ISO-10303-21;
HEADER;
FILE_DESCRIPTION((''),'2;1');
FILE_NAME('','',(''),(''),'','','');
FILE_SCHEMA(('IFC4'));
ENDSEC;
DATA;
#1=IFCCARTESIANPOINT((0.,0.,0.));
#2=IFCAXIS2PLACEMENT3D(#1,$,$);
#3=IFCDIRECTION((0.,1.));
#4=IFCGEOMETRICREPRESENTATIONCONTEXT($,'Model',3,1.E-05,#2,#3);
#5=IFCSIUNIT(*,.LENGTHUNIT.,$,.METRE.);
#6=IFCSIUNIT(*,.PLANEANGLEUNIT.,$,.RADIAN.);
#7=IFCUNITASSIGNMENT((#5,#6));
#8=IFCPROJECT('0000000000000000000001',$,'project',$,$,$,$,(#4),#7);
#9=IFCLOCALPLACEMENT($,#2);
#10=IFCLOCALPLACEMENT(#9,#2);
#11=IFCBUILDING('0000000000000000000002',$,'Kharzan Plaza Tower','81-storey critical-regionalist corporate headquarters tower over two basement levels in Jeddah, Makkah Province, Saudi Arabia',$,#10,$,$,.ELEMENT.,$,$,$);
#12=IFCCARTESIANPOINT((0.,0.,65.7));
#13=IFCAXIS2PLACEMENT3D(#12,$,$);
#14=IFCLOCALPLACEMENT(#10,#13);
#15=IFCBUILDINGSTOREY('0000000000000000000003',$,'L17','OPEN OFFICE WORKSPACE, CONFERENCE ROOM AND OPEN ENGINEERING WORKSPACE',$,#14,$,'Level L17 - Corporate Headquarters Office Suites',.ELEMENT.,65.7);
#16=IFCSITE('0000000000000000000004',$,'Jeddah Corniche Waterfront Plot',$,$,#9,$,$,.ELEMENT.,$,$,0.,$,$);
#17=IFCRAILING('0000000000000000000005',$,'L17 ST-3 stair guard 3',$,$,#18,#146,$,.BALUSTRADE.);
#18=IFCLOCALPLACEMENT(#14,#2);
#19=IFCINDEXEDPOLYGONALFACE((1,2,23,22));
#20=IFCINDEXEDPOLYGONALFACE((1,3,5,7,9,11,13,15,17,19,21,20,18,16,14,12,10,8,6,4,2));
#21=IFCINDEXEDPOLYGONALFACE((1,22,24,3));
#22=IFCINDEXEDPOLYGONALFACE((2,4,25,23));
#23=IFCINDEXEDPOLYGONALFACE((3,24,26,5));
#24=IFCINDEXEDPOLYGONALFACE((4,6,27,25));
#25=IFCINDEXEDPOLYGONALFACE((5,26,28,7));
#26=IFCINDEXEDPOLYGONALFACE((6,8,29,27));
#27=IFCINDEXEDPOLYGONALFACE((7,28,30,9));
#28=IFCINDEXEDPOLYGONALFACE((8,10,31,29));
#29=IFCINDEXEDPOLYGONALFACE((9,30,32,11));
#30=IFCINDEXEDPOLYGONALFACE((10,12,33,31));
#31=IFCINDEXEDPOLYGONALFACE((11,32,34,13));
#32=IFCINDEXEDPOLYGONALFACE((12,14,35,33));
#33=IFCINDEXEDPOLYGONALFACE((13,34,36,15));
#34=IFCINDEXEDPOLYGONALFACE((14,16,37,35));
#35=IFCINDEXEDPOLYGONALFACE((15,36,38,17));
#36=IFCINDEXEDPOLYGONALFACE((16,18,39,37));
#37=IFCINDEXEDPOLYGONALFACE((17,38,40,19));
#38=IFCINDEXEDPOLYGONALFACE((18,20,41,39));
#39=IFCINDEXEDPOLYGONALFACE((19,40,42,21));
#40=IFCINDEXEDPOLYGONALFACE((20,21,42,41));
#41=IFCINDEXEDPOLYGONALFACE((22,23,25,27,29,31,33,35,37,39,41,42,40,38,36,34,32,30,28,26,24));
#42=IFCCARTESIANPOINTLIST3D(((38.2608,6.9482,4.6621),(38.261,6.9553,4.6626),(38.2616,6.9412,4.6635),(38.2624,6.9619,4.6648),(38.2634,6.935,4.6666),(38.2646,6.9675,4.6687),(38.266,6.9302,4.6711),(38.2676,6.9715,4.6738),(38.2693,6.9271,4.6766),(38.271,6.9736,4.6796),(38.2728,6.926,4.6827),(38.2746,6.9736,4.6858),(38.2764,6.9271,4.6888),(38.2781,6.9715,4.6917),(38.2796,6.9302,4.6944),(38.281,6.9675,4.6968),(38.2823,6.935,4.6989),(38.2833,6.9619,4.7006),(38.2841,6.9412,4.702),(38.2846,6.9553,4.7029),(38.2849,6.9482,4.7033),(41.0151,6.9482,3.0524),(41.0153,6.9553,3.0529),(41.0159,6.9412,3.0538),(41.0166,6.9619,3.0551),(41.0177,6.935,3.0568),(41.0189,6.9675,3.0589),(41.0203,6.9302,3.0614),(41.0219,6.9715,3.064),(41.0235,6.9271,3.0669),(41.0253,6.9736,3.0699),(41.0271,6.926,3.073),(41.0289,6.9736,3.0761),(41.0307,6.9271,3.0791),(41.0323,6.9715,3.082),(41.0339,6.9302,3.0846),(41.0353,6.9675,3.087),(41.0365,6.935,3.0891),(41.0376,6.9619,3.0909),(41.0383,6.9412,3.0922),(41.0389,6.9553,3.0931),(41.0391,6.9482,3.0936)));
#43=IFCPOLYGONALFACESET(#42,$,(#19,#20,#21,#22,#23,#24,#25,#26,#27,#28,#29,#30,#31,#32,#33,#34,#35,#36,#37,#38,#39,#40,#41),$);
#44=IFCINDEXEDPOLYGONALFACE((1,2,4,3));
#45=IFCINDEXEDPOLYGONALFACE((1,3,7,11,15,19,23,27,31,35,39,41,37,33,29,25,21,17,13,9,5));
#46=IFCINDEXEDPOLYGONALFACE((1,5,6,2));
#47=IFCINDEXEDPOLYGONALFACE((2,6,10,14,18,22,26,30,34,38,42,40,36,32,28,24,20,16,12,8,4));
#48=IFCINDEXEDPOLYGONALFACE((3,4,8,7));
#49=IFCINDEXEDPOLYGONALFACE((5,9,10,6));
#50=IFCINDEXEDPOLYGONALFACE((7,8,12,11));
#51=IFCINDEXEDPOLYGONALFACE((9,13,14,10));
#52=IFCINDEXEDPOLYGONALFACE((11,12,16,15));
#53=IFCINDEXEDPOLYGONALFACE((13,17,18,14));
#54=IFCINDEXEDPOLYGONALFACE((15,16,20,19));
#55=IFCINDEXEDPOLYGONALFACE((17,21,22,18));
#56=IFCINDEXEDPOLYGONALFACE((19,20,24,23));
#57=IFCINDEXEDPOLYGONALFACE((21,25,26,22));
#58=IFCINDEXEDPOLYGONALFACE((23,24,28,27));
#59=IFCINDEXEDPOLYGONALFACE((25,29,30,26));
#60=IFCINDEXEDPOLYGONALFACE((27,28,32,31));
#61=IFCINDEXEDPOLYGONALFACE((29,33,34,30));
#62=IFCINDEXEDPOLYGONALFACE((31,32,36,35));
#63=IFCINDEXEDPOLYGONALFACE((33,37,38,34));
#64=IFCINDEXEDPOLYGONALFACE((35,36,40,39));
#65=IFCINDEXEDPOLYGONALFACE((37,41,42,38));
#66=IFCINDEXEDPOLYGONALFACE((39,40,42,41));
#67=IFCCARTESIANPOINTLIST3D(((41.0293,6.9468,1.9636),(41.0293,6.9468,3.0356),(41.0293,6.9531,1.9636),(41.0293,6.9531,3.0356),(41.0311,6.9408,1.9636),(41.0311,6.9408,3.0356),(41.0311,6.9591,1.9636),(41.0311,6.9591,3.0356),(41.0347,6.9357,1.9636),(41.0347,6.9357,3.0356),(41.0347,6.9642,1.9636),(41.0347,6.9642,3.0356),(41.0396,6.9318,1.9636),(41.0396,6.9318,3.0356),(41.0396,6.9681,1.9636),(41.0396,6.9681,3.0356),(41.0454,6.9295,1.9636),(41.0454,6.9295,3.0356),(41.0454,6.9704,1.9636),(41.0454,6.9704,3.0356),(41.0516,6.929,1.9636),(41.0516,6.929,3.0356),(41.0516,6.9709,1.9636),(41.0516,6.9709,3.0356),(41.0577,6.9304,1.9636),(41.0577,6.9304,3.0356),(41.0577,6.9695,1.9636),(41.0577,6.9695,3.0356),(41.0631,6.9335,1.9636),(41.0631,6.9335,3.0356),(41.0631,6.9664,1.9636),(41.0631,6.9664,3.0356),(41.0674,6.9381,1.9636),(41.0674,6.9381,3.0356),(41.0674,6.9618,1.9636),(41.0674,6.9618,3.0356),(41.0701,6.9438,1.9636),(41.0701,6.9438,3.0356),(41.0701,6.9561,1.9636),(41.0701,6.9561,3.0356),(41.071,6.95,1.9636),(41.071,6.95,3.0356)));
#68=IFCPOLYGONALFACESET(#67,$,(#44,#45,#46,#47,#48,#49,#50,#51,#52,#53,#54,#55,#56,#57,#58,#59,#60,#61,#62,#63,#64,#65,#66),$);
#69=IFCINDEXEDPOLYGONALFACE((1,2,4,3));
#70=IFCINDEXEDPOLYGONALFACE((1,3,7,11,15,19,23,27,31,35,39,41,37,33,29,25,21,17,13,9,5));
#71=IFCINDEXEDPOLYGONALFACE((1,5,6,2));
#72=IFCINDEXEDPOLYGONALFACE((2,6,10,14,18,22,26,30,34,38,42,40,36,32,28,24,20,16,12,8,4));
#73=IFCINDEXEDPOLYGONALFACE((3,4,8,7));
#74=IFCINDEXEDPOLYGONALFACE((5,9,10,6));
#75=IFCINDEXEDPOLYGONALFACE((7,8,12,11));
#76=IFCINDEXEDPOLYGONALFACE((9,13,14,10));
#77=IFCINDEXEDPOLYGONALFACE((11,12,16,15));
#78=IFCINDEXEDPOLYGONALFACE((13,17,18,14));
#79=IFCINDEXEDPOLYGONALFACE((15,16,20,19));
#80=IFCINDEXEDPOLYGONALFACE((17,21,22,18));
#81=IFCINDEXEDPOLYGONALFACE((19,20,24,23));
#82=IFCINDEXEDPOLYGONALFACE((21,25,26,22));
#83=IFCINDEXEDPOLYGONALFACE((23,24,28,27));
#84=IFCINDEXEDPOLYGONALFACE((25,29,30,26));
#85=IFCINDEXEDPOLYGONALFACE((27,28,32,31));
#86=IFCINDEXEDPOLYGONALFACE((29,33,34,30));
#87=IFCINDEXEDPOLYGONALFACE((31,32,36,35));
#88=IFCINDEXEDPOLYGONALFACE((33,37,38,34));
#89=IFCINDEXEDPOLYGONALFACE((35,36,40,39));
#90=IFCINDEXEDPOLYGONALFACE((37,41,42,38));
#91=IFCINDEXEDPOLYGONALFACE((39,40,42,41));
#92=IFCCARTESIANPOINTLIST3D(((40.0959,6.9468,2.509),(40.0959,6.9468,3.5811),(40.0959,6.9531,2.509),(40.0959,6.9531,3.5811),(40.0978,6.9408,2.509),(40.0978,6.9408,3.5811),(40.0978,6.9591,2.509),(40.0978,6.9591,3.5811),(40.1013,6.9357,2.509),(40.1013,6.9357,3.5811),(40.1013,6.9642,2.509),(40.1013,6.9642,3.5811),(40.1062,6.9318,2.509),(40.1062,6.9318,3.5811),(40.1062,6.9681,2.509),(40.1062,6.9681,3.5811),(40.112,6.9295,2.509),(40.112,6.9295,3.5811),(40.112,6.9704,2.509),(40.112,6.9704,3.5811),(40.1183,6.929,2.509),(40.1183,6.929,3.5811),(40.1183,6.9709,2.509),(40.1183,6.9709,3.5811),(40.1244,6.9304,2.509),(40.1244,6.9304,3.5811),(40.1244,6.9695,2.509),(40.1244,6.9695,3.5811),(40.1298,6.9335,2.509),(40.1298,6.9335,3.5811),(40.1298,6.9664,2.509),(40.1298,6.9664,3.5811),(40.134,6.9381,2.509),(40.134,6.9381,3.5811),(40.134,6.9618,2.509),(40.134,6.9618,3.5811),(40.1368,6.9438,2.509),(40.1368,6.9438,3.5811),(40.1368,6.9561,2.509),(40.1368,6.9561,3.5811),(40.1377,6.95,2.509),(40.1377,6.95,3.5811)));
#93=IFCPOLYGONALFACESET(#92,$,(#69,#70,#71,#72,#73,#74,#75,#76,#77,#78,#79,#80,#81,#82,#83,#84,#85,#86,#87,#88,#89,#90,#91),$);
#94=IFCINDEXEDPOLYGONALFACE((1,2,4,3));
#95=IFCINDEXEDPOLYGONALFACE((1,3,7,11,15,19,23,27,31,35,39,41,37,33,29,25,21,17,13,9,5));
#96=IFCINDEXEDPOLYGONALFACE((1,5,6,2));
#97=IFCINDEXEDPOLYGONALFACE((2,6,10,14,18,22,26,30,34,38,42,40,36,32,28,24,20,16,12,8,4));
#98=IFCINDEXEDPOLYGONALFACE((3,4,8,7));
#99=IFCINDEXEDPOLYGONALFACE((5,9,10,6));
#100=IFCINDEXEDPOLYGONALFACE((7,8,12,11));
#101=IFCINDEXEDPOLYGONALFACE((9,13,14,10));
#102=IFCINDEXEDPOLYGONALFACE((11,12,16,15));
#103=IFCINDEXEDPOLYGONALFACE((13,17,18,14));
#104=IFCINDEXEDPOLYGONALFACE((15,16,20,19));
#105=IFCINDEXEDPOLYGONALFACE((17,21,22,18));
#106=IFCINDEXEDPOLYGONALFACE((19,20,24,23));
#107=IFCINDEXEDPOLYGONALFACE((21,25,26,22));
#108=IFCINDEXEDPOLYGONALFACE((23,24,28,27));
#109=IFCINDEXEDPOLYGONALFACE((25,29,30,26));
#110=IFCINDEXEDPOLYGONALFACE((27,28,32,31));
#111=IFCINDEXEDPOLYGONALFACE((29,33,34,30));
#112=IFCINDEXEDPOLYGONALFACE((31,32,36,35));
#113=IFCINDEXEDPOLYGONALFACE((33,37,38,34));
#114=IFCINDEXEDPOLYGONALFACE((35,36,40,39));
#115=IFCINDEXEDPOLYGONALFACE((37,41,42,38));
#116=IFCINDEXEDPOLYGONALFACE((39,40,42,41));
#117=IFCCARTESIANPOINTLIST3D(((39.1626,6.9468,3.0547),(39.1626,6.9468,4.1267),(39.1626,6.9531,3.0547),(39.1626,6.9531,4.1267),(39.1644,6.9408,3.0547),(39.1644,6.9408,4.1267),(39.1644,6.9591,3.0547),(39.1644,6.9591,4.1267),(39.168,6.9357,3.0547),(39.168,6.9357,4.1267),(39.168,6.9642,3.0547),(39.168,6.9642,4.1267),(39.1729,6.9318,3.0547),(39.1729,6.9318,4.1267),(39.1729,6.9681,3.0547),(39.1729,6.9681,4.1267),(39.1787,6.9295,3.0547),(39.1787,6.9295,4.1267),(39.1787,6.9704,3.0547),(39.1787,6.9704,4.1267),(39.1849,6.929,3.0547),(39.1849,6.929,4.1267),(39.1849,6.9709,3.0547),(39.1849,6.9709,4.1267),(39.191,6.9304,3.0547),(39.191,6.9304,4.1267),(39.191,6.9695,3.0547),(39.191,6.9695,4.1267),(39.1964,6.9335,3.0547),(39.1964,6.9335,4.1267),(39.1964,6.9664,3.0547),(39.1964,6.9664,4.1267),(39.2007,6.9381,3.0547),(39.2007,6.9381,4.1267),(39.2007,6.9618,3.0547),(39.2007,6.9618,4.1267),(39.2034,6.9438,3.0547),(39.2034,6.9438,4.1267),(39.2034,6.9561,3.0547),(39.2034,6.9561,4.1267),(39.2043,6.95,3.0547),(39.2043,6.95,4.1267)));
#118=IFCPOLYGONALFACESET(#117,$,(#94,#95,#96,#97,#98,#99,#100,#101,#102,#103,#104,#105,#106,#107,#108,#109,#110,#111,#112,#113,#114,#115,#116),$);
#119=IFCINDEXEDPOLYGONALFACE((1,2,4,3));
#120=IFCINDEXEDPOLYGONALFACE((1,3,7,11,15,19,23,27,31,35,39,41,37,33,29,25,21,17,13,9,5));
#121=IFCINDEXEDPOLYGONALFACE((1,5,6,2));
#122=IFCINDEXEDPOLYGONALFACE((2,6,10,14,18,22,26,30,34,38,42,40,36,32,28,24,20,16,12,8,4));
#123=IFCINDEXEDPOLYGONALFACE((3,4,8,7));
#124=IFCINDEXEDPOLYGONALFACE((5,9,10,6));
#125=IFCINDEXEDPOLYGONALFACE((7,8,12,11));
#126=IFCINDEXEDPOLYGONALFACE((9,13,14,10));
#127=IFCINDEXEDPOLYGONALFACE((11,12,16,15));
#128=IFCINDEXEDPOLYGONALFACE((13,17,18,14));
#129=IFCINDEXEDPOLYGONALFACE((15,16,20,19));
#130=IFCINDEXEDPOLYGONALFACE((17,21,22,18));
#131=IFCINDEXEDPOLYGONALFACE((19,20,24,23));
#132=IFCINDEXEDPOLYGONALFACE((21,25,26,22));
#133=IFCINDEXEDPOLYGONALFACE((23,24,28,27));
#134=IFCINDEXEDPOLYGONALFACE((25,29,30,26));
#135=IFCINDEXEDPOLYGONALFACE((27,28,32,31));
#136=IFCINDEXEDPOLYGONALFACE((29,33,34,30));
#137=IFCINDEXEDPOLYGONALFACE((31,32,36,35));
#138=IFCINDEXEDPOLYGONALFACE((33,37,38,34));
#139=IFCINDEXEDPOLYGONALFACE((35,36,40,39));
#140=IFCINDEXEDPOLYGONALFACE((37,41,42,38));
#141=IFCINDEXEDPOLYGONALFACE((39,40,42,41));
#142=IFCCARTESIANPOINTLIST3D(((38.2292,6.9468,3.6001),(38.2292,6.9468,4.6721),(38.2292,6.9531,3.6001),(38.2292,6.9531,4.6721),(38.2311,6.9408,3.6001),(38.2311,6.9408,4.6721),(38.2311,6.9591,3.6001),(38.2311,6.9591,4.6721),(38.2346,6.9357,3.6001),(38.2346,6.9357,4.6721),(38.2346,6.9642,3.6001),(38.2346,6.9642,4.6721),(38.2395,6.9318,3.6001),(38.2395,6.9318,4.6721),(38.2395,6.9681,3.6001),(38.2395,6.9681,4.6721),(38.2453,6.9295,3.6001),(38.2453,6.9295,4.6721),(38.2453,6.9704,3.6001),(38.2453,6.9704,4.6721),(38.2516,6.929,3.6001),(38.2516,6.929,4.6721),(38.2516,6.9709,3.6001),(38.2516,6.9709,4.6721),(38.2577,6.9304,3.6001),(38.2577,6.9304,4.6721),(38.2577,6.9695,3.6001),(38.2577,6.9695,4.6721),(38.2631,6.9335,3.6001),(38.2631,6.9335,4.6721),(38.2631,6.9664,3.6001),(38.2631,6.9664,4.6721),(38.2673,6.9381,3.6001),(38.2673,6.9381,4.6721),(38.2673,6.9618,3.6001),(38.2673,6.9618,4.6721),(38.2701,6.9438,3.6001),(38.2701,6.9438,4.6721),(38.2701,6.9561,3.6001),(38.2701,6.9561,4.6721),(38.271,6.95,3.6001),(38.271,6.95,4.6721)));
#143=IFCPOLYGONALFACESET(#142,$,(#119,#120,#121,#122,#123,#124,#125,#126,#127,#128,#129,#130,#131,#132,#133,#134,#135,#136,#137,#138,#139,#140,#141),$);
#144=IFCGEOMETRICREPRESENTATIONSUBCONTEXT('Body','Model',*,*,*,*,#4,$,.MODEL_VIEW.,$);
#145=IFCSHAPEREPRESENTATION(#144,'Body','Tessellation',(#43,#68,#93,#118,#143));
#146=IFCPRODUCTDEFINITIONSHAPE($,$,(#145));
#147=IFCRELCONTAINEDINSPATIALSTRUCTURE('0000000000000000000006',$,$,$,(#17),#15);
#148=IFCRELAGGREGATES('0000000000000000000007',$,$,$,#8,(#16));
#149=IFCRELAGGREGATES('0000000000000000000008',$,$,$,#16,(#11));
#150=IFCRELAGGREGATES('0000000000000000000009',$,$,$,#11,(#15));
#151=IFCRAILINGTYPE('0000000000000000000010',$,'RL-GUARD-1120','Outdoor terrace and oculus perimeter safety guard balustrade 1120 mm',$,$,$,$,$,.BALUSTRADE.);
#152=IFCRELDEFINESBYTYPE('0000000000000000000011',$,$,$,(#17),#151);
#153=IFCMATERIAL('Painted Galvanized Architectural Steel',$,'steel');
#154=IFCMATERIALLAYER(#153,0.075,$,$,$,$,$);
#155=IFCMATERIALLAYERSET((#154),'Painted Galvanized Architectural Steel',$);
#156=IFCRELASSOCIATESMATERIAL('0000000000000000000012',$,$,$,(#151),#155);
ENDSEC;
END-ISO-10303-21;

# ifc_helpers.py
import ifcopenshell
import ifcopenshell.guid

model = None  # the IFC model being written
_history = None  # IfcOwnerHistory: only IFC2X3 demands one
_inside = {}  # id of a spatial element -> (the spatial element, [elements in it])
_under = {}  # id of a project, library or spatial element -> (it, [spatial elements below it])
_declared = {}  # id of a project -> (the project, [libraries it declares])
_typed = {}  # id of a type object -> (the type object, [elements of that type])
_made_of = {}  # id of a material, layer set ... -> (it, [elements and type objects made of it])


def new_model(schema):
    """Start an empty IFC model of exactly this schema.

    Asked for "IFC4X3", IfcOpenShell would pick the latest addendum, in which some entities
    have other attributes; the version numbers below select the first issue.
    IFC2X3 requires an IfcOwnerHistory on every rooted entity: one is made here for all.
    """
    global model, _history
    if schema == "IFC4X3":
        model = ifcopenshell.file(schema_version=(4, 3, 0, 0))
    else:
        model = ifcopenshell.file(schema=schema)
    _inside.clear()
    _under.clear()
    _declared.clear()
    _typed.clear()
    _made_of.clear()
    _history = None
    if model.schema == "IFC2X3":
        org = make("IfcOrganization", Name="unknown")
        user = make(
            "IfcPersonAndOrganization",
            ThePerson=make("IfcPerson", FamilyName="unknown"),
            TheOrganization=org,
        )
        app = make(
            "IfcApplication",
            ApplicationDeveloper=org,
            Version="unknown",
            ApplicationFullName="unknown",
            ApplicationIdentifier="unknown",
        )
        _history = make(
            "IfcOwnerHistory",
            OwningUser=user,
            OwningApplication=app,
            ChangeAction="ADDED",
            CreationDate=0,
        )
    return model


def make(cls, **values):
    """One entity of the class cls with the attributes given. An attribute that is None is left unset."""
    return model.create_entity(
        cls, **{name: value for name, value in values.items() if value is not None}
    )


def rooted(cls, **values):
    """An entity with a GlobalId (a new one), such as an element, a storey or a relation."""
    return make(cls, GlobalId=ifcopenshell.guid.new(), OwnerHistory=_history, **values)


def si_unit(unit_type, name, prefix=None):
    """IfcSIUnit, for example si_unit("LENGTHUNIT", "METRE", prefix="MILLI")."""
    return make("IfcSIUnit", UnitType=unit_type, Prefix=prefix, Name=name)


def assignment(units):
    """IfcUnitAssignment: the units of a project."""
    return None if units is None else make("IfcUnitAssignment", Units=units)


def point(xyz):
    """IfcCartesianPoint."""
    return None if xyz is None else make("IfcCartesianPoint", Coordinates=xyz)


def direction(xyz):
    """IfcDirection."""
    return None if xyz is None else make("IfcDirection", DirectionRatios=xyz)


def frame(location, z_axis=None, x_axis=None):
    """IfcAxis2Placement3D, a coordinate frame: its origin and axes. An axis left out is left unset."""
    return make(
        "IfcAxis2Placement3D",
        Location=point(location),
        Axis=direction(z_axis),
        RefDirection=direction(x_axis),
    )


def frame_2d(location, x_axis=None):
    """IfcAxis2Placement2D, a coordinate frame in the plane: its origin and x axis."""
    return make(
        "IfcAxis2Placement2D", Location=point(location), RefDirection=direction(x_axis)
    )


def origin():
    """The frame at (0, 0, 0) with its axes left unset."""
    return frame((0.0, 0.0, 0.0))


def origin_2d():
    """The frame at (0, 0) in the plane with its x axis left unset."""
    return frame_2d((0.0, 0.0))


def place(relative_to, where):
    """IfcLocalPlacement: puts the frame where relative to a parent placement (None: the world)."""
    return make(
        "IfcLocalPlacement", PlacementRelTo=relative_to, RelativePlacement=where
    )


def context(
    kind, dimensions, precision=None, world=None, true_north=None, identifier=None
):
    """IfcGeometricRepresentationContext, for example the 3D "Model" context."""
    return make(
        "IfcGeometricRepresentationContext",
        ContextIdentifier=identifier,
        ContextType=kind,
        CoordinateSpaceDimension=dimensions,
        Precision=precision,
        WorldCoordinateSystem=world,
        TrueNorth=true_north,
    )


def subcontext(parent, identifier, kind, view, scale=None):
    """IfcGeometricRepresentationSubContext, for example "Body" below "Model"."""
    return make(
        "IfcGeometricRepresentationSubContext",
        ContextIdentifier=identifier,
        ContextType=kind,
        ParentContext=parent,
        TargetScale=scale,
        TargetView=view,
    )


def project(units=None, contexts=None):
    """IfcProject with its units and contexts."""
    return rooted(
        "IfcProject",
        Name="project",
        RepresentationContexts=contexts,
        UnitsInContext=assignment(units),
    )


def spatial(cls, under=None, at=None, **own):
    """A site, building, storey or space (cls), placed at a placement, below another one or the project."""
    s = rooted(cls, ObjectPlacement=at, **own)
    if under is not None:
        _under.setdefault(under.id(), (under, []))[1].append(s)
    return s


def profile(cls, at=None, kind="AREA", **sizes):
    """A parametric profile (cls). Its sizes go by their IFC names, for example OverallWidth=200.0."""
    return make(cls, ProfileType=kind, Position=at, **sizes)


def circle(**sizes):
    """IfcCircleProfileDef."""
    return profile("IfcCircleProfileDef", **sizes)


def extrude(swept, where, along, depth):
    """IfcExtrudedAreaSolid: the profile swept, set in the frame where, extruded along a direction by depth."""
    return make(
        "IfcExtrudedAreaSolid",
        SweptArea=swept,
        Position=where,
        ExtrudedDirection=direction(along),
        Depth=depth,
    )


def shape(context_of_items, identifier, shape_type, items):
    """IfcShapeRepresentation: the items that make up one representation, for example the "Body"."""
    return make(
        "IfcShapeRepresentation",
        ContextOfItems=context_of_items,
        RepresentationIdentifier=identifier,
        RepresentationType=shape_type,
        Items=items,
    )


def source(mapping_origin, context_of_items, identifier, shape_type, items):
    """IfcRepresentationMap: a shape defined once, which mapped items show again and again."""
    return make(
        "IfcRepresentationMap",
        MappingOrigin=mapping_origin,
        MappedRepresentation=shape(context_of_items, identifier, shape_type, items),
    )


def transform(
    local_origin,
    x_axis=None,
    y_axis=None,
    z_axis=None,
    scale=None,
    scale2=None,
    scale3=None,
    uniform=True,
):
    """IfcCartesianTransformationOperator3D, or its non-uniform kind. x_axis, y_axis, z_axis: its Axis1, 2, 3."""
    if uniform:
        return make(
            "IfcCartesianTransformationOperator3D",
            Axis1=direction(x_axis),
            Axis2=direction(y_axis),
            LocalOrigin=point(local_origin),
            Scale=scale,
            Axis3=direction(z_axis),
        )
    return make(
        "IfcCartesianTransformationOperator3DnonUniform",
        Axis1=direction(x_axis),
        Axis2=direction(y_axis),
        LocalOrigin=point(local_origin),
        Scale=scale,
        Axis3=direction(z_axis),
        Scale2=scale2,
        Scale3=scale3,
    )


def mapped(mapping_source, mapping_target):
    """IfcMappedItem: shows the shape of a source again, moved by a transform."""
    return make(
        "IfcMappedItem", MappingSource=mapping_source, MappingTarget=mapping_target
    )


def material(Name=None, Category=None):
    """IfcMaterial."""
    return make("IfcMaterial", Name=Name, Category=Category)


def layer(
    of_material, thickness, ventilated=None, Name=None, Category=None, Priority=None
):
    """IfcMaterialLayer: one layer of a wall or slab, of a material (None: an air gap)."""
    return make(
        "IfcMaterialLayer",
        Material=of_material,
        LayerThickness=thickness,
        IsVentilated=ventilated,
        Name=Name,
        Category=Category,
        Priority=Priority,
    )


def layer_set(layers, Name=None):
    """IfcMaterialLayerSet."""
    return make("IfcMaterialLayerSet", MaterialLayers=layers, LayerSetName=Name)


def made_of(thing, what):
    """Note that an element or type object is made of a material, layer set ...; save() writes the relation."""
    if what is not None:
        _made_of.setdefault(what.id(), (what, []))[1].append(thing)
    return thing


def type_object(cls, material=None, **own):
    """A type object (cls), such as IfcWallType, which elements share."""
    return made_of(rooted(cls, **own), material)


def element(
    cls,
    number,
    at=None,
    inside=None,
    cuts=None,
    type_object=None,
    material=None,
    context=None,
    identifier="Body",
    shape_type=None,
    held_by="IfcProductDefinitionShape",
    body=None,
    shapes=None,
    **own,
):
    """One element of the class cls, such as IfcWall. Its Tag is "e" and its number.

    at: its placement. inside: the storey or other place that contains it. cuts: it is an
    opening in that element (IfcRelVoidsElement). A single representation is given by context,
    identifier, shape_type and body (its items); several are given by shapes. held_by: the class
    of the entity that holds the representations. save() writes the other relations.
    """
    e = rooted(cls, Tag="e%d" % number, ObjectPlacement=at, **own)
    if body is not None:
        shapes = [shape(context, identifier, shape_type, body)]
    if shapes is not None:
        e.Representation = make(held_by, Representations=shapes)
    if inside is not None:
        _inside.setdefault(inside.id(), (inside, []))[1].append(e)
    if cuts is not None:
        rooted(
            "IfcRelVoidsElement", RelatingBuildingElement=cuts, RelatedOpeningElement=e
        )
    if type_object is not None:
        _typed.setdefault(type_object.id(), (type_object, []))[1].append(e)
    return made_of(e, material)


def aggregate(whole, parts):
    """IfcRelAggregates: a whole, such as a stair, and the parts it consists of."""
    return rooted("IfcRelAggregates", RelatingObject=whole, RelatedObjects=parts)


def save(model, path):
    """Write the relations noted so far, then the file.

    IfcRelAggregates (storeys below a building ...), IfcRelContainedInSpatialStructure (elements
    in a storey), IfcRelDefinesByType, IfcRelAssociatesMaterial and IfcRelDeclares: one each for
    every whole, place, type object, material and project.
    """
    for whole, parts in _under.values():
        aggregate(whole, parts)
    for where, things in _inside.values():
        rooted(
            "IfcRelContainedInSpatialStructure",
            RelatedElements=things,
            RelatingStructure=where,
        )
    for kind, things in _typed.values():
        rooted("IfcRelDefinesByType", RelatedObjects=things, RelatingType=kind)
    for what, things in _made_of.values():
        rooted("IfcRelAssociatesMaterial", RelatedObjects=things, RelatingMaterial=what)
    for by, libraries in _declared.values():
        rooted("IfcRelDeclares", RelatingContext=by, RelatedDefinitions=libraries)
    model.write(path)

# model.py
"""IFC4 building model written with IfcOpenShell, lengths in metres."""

from ifc_helpers import new_model, si_unit, direction, frame, origin, origin_2d, place, context, subcontext, project, spatial, circle, extrude, source, transform, mapped, material, layer, layer_set, type_object, element, save


model = new_model("IFC4")

# Units and contexts
model_context = context("Model", 3, precision=1e-05, world=origin(), true_north=direction((0.0, 1.0)))
body_context = subcontext(model_context, "Body", "Model", "MODEL_VIEW")
ifc_project = project(units=[si_unit("LENGTHUNIT", "METRE"), si_unit("PLANEANGLEUNIT", "RADIAN")], contexts=[model_context])

# Site, building, storey
site_placement = place(None, origin())
site = spatial("IfcSite", under=ifc_project, at=site_placement, Name="Jeddah Corniche Waterfront Plot", CompositionType="ELEMENT", RefElevation=0.0)
building_placement = place(site_placement, origin())
building = spatial("IfcBuilding", under=site, at=building_placement, Name="Kharzan Plaza Tower", Description="81-storey critical-regionalist corporate headquarters tower over two basement levels in Jeddah, Makkah Province, Saudi Arabia", CompositionType="ELEMENT")
storey_placement = place(building_placement, frame((0.0, 0.0, 65.7)))
storey = spatial("IfcBuildingStorey", under=building, at=storey_placement, Name="L17", Description="OPEN OFFICE WORKSPACE, CONFERENCE ROOM AND OPEN ENGINEERING WORKSPACE", LongName="Level L17 - Corporate Headquarters Office Suites", CompositionType="ELEMENT", Elevation=65.7)

# Railing
ifc_material_1 = material(Name="Painted Galvanized Architectural Steel", Category="steel")
ifc_layer_1 = layer(ifc_material_1, 0.075)
ifc_layer_set_1 = layer_set([ifc_layer_1], Name="Painted Galvanized Architectural Steel")
railing_type_1 = type_object("IfcRailingType", Name="RL-GUARD-1120", Description="Outdoor terrace and oculus perimeter safety guard balustrade 1120 mm", PredefinedType="BALUSTRADE", material=ifc_layer_set_1)
shared_shape_1 = source(origin(), body_context, "Body", "SweptSolid", [
    extrude(circle(Radius=0.0239, at=origin_2d()), frame((-0.0229, 0.0, 1.1094), z_axis=(-0.863361, 0.0, 0.504587), x_axis=(0.0, -1.0, 0.0)), (0.0, 0.0, 1.0), 3.1902),
    extrude(circle(Radius=0.021, at=origin_2d()), origin(), (0.0, 0.0, 1.0), 1.072),
    extrude(circle(Radius=0.021, at=origin_2d()), frame((-0.9333, 0.0, 0.5454)), (0.0, 0.0, 1.0), 1.072),
    extrude(circle(Radius=0.021, at=origin_2d()), frame((-1.8667, 0.0, 1.0911)), (0.0, 0.0, 1.0), 1.072),
    extrude(circle(Radius=0.021, at=origin_2d()), frame((-2.8, 0.0, 1.6365)), (0.0, 0.0, 1.0), 1.072),
])
railing_1_placement = place(storey_placement, frame((41.05, 6.95, 1.9636)))
element("IfcRailing", 1, at=railing_1_placement, inside=storey, type_object=railing_type_1, Name="L17 ST-3 stair guard 3", PredefinedType="BALUSTRADE", context=body_context, shape_type="MappedRepresentation", body=[
    mapped(shared_shape_1, transform((0.0, 0.0, 0.0), x_axis=(1.0, 0.0, 0.0), y_axis=(0.0, 1.0, 0.0), z_axis=(0.0, 0.0, 1.0))),
])

save(model, "model.ifc")
